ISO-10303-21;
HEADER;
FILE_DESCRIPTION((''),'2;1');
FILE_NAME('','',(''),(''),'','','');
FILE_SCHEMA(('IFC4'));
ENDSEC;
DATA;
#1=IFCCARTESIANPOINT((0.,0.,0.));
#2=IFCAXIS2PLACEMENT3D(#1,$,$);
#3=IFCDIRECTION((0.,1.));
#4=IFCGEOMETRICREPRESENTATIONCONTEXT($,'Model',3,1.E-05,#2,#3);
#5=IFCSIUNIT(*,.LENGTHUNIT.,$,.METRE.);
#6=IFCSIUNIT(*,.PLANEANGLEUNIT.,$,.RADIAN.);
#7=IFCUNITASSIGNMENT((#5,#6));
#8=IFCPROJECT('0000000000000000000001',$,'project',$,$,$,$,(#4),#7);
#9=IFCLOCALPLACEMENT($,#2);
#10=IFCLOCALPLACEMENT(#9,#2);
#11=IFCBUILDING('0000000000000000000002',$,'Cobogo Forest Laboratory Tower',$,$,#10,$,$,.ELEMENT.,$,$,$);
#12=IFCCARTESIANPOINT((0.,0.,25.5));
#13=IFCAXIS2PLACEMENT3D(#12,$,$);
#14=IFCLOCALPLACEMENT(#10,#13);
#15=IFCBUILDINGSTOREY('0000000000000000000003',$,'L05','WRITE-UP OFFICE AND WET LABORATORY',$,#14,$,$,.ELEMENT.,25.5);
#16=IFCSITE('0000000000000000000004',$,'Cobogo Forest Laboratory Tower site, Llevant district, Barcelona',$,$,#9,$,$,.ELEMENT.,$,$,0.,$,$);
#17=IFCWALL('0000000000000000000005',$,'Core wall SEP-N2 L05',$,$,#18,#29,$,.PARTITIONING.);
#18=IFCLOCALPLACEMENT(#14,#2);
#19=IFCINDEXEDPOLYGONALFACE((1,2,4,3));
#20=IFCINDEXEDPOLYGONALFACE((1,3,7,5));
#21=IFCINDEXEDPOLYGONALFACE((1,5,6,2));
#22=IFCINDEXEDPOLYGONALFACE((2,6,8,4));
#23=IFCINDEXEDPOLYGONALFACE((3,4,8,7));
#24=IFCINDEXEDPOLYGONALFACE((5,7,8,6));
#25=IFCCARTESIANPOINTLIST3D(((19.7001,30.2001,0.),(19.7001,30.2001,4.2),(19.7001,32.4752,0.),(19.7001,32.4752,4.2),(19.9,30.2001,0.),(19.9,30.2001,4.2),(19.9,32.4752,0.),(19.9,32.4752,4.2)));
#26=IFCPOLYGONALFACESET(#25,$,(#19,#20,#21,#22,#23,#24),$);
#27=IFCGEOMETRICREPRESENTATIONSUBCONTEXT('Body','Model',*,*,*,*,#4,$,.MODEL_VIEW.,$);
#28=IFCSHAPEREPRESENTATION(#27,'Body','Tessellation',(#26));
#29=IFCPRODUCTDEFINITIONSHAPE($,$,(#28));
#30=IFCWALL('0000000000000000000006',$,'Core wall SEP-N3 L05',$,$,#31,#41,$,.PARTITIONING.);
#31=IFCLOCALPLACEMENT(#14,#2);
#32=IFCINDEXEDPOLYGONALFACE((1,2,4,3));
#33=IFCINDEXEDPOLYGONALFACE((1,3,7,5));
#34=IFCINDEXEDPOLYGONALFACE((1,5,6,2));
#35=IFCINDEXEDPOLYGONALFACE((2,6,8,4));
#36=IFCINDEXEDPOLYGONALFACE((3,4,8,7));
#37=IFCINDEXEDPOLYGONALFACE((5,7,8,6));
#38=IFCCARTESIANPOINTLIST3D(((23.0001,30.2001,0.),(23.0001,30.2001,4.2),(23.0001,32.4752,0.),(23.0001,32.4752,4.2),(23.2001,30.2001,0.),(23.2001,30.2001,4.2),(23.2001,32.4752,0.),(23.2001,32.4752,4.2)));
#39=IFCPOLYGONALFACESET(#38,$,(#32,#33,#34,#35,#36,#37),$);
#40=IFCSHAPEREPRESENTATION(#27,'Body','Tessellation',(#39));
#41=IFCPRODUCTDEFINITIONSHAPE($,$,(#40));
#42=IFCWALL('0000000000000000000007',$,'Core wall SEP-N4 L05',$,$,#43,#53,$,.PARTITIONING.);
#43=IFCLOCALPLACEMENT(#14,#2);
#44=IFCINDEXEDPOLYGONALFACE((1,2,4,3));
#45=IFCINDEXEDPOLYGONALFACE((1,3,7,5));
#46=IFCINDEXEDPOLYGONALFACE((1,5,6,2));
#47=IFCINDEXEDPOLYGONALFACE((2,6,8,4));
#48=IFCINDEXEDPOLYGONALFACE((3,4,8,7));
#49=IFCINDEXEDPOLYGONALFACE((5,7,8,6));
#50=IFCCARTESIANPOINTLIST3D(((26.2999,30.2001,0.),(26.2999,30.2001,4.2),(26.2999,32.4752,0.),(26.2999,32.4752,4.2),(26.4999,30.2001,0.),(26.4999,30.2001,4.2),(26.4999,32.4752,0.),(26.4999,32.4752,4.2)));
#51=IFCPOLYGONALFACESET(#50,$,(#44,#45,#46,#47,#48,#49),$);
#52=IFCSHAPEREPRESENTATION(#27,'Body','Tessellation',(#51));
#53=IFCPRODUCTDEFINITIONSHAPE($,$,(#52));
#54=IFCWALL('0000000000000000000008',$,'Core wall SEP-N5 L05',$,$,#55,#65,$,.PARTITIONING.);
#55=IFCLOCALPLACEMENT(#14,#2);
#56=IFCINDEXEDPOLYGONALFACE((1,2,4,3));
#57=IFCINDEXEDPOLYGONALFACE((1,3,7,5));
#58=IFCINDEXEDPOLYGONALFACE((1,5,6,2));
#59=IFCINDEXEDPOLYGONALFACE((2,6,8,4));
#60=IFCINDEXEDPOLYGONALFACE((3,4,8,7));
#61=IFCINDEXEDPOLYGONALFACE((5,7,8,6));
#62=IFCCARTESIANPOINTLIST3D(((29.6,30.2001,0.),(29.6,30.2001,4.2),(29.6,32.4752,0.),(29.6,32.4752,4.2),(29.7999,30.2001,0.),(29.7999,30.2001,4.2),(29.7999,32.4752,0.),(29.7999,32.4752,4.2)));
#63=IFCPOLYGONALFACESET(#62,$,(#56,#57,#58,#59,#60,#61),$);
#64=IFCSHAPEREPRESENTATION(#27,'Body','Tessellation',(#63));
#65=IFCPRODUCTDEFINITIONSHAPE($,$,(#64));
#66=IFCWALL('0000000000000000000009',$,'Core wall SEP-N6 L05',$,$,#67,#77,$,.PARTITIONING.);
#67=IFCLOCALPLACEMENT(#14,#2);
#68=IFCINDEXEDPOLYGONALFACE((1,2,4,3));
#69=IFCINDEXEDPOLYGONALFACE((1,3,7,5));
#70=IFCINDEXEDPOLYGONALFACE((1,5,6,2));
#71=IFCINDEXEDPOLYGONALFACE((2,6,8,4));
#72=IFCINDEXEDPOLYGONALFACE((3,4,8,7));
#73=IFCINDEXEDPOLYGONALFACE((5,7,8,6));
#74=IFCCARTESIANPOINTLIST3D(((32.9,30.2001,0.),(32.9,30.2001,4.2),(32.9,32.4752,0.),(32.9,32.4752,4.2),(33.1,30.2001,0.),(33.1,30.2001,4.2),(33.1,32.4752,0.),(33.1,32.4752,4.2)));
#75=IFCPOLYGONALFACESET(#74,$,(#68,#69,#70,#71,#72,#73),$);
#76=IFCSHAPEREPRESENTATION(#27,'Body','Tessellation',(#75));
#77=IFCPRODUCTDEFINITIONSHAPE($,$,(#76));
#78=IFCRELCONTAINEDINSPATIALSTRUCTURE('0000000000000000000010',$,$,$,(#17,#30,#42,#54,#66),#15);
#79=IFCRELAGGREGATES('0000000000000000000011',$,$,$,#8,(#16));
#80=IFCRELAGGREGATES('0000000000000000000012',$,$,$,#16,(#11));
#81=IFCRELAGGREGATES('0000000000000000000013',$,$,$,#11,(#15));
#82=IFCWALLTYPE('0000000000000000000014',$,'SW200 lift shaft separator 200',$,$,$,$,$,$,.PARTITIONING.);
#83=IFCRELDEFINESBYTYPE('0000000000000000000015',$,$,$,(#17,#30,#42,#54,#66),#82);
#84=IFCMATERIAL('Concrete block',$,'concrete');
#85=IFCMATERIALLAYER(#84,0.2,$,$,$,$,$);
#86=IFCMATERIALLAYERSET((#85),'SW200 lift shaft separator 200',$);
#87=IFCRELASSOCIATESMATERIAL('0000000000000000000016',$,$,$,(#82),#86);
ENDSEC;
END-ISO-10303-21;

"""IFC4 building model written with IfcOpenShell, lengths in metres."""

from ifc_helpers import new_model, si_unit, direction, frame, frame_2d, origin, place, context, subcontext, project, spatial, rectangle, extrude, material, layer, layer_set, type_object, element, save


model = new_model("IFC4")

# Units and contexts
model_context = context("Model", 3, precision=1e-05, world=origin(), true_north=direction((0.0, 1.0)))
body_context = subcontext(model_context, "Body", "Model", "MODEL_VIEW")
ifc_project = project(units=[si_unit("LENGTHUNIT", "METRE"), si_unit("PLANEANGLEUNIT", "RADIAN")], contexts=[model_context])

# Site, building, storey
site_placement = place(None, origin())
site = spatial("IfcSite", under=ifc_project, at=site_placement, Name="Cobogo Forest Laboratory Tower site, Llevant district, Barcelona", CompositionType="ELEMENT", RefElevation=0.0)
building_placement = place(site_placement, origin())
building = spatial("IfcBuilding", under=site, at=building_placement, Name="Cobogo Forest Laboratory Tower", CompositionType="ELEMENT")
storey_placement = place(building_placement, frame((0.0, 0.0, 25.5)))
storey = spatial("IfcBuildingStorey", under=building, at=storey_placement, Name="L05", Description="WRITE-UP OFFICE AND WET LABORATORY", CompositionType="ELEMENT", Elevation=25.5)

# Walls
ifc_material_1 = material(Name="Concrete block", Category="concrete")
ifc_layer_1 = layer(ifc_material_1, 0.2)
ifc_layer_set_1 = layer_set([ifc_layer_1], Name="SW200 lift shaft separator 200")
wall_type_1 = type_object("IfcWallType", Name="SW200 lift shaft separator 200", PredefinedType="PARTITIONING", material=ifc_layer_set_1)
for number, where, z_axis, x_axis, name in (
    (1, (19.8, 30.2, 0.0), (0.0, 0.0, 1.0), (0.0, 1.0, 0.0), "Core wall SEP-N2 L05"),
    (2, (23.1001, 30.2, 0.0), (0.0, 0.0, 1.0), (0.0, 1.0, 0.0), "Core wall SEP-N3 L05"),
    (3, (26.3999, 30.2, 0.0), (0.0, 0.0, 1.0), (0.0, 1.0, 0.0), "Core wall SEP-N4 L05"),
    (4, (29.7, 30.2, 0.0), (0.0, 0.0, 1.0), (0.0, 1.0, 0.0), "Core wall SEP-N5 L05"),
    (5, (33.0, 30.2, 0.0), (0.0, 0.0, 1.0), (0.0, 1.0, 0.0), "Core wall SEP-N6 L05"),
):
    element("IfcWall", number, at=place(storey_placement, frame(where, z_axis=z_axis, x_axis=x_axis)), inside=storey, type_object=wall_type_1, Name=name, PredefinedType="PARTITIONING", context=body_context, shape_type="SweptSolid", body=[
        extrude(rectangle(XDim=2.2751, YDim=0.2, at=frame_2d((1.1377, 0.0))), origin(), (0.0, 0.0, 1.0), 4.2),
    ])

save(model, "model.ifc")
